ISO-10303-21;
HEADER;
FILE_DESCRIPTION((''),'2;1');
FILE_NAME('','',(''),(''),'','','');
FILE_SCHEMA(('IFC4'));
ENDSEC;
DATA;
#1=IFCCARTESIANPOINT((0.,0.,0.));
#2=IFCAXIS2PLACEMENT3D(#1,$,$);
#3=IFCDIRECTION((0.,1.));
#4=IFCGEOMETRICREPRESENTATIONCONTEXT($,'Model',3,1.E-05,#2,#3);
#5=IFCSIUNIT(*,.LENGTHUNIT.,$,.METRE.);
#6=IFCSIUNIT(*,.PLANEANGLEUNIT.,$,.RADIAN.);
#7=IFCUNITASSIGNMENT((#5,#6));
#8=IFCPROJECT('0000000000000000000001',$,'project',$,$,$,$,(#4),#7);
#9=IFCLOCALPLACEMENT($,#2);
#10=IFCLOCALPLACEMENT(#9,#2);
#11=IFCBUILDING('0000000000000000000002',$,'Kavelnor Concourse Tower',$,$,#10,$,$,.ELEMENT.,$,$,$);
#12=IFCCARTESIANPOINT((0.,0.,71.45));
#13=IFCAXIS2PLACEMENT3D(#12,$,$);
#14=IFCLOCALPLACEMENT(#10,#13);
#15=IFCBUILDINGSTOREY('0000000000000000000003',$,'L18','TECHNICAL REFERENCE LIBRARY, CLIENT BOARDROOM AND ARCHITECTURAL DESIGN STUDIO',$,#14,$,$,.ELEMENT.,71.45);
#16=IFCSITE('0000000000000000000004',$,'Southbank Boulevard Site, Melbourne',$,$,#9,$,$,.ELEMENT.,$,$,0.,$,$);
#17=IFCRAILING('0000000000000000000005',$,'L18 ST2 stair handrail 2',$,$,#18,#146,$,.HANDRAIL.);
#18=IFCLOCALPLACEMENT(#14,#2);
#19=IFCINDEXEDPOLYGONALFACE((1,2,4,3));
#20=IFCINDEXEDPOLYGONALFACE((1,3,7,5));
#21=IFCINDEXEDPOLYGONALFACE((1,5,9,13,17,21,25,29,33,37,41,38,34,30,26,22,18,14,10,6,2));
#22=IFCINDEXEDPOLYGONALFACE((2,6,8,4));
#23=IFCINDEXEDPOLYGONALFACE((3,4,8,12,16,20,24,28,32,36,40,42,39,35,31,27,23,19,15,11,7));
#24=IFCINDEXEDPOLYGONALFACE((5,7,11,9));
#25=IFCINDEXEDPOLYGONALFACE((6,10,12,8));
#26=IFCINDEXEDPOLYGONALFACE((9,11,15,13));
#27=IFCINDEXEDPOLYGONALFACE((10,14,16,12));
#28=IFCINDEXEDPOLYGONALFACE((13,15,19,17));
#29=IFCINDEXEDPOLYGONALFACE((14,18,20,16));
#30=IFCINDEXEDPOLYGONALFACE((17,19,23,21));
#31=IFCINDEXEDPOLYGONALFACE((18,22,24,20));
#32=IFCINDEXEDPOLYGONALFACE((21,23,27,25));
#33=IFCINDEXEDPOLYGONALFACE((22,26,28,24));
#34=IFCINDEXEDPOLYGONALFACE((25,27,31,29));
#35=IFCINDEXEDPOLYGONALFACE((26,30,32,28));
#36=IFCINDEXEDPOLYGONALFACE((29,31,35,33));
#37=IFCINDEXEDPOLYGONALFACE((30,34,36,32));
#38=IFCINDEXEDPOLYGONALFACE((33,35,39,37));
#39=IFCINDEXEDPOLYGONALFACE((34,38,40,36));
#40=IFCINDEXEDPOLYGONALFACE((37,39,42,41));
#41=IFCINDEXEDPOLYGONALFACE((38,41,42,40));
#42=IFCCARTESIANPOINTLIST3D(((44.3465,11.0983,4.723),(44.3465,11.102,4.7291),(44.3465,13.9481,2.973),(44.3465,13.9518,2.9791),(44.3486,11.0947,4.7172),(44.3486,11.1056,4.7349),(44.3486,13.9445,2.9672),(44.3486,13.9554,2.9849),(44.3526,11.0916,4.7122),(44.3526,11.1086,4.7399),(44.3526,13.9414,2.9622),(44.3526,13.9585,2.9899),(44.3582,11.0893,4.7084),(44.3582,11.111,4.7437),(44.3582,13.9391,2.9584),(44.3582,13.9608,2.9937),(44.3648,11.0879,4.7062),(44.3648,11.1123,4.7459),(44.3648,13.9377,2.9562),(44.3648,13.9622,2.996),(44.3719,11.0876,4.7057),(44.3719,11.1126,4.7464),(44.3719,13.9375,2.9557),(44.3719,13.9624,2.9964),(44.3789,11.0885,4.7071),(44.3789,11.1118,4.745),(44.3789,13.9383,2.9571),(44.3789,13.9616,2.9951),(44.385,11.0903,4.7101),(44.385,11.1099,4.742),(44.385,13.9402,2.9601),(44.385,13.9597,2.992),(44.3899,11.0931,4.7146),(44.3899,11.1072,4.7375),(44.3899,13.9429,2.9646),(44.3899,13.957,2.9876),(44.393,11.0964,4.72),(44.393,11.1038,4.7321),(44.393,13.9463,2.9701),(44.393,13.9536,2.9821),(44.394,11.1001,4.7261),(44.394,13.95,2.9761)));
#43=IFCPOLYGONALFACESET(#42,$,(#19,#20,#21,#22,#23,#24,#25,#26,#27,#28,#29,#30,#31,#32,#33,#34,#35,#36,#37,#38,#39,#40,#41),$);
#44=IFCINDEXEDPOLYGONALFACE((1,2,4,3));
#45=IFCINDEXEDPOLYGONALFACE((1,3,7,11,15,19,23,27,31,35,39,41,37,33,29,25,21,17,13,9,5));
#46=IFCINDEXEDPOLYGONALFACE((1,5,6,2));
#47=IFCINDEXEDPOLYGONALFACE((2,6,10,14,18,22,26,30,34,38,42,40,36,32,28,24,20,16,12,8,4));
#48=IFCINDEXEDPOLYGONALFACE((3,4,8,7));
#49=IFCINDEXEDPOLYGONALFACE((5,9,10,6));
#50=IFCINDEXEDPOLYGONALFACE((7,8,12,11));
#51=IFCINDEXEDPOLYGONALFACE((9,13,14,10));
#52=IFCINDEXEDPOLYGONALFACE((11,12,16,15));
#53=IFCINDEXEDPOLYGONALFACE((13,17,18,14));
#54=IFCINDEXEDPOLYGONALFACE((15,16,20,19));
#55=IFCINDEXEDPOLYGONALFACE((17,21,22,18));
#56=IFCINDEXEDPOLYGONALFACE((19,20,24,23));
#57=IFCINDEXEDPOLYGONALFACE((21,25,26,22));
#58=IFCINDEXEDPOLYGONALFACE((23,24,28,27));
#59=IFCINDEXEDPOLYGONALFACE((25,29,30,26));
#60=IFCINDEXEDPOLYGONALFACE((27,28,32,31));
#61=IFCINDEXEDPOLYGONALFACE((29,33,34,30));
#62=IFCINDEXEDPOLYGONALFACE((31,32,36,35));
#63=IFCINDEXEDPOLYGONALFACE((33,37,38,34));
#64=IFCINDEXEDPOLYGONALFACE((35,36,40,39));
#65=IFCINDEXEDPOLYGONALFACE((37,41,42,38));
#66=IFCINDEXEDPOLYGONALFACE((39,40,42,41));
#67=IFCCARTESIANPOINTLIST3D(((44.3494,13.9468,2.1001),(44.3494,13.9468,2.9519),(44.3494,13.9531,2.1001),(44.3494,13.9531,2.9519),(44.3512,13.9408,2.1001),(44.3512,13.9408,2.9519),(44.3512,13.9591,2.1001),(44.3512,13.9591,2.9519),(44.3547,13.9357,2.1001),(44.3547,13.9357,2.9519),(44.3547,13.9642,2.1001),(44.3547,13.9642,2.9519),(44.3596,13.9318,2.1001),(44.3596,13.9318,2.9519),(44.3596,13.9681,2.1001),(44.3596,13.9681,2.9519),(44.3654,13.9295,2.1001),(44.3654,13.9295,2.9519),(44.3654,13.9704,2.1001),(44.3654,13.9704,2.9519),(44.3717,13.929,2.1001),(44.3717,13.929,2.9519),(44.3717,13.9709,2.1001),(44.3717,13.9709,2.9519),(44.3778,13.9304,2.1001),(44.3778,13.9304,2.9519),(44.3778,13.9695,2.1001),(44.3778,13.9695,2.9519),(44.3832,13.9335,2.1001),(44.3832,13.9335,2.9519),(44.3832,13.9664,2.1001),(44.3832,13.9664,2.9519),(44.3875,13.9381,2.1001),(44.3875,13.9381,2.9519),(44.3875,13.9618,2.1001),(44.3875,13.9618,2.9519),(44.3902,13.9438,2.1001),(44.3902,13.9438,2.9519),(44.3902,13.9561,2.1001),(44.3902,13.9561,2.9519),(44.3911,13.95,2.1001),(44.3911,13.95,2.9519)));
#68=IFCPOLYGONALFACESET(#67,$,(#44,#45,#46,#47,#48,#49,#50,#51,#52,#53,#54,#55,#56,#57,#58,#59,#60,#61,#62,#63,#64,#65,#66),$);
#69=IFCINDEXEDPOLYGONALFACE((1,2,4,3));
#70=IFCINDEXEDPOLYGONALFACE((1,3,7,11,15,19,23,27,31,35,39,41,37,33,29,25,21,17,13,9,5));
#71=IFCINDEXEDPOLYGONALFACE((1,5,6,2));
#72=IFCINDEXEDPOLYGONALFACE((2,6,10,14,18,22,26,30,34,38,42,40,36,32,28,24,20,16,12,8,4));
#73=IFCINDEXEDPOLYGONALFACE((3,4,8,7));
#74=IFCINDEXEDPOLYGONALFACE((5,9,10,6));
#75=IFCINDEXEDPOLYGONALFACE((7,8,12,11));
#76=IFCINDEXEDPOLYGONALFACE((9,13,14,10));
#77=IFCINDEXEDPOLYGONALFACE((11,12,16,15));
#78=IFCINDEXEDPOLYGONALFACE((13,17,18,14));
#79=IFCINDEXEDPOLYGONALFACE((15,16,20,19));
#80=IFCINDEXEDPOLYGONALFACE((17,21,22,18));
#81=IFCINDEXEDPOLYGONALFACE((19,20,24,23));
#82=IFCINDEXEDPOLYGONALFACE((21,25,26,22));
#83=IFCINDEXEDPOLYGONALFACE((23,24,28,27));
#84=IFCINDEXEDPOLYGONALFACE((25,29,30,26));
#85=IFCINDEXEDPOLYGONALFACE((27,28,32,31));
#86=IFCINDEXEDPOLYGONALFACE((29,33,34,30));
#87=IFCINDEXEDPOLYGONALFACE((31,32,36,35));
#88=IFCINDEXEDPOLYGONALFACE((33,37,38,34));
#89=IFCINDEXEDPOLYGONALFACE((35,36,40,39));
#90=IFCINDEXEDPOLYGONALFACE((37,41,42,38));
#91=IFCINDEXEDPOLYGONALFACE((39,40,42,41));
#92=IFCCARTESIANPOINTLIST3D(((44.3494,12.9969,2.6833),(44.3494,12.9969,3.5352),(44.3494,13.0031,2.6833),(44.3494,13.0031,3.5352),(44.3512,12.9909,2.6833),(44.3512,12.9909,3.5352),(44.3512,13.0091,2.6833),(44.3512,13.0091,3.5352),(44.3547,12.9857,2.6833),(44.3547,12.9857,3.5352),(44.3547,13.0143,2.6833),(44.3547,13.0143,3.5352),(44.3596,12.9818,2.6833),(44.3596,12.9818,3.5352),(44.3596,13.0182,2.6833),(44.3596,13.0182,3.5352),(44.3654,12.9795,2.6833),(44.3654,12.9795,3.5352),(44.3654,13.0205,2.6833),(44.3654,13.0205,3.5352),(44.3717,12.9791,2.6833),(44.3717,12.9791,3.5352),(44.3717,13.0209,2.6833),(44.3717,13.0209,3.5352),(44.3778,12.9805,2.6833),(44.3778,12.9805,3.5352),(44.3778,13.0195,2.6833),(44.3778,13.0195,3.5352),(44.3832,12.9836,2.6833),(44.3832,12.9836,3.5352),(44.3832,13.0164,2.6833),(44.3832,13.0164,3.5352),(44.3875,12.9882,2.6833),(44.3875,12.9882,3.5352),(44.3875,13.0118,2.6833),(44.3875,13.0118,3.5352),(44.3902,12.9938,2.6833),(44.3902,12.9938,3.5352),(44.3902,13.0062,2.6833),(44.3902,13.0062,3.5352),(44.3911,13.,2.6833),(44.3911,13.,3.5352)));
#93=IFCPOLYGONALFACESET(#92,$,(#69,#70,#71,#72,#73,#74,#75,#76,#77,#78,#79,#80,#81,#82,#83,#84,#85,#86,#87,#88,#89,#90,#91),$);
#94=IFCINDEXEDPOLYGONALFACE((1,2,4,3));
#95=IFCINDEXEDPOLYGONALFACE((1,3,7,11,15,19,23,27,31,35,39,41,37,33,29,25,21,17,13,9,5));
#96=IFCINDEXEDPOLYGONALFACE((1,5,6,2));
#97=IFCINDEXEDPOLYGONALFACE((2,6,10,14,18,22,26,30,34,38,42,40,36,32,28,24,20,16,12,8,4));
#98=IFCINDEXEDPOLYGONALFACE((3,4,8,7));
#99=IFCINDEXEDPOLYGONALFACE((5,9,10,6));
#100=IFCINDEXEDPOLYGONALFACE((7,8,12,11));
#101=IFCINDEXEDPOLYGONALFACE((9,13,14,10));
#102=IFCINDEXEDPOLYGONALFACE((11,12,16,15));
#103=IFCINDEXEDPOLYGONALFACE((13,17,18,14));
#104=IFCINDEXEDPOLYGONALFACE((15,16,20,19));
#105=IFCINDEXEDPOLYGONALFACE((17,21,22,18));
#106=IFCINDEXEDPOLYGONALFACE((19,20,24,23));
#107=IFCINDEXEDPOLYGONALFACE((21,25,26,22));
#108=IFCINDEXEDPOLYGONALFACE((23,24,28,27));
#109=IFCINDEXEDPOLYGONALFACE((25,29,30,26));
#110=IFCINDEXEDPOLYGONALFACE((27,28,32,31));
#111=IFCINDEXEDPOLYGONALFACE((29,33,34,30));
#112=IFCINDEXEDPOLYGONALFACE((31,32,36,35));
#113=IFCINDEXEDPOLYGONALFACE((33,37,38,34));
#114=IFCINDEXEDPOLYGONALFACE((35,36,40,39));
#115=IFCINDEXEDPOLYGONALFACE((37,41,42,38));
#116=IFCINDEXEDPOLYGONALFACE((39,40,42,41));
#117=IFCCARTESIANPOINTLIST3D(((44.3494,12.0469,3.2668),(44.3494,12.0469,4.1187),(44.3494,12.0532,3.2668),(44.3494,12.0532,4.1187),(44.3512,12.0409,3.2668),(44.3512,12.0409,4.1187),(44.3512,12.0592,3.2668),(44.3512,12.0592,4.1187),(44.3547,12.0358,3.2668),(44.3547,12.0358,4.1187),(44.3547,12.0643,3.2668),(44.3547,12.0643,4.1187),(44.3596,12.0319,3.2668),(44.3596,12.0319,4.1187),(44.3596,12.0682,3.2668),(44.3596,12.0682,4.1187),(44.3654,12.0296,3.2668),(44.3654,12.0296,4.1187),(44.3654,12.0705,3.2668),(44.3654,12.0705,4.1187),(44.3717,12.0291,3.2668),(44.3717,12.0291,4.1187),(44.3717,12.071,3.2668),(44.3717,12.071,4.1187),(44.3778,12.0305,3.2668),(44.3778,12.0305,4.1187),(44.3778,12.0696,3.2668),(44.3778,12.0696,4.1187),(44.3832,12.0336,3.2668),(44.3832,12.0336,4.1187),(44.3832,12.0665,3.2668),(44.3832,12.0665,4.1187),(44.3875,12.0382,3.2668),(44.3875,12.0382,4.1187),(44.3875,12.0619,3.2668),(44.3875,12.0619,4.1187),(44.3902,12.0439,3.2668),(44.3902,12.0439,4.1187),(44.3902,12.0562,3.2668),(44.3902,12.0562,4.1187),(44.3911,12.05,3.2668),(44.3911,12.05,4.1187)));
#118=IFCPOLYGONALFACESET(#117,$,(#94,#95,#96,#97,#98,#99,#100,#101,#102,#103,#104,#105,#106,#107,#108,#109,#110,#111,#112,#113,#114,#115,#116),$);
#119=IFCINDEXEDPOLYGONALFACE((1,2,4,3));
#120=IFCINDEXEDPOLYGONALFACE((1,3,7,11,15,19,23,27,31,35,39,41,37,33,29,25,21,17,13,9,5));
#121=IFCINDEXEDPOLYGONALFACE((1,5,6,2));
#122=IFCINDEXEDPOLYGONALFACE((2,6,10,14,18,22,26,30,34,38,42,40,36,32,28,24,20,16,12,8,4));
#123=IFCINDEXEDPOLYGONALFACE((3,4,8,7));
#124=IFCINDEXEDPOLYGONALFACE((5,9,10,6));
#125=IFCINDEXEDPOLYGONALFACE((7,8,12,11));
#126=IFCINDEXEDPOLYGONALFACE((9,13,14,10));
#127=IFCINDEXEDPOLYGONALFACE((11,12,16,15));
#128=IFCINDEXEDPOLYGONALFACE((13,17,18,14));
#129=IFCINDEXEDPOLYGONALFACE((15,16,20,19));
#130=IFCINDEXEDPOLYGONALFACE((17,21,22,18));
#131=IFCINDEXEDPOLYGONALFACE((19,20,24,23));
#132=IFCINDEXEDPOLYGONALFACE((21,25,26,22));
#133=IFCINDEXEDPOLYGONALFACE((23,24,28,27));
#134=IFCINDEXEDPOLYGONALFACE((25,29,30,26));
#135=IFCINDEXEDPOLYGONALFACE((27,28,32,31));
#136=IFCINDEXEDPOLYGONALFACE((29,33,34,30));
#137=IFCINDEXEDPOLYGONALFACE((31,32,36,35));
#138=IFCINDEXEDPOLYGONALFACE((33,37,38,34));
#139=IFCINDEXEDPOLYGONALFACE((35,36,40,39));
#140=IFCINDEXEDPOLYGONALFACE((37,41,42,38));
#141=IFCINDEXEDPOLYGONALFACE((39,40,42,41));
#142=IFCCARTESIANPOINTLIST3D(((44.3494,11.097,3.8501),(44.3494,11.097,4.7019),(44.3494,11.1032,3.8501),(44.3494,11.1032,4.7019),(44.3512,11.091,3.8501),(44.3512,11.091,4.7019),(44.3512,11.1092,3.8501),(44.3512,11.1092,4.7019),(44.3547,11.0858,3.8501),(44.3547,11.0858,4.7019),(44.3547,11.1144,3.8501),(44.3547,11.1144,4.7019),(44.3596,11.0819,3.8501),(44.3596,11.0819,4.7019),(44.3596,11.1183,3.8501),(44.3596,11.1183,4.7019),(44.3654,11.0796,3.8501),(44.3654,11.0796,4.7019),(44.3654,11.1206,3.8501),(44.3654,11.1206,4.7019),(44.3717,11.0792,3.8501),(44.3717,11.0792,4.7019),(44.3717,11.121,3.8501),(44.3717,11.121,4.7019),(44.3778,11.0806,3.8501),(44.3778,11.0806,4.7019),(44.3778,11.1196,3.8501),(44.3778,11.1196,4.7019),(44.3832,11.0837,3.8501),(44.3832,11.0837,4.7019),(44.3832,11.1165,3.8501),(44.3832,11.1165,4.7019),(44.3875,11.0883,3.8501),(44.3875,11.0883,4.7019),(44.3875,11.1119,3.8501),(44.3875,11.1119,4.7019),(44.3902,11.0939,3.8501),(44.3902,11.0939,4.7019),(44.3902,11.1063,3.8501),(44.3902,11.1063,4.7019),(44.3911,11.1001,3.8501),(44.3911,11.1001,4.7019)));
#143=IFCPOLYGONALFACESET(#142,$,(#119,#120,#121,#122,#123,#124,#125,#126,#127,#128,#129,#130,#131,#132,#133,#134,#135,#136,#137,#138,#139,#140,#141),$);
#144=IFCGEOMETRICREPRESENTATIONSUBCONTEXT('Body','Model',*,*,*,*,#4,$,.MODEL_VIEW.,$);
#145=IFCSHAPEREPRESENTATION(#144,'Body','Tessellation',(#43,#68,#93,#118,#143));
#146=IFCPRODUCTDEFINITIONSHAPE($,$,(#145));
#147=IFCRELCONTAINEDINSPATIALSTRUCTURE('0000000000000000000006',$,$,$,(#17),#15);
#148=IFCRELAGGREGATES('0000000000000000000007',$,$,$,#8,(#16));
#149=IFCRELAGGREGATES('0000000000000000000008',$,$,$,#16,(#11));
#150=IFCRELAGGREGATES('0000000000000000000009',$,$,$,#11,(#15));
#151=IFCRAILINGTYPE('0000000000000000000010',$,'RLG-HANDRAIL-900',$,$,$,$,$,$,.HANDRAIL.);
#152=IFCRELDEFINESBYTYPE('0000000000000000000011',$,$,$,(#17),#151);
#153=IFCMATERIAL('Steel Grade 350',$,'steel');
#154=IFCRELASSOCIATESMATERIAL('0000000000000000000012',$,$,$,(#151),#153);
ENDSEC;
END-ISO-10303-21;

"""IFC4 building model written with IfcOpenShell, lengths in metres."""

from ifc_helpers import new_model, si_unit, direction, frame, origin, origin_2d, place, context, subcontext, project, spatial, circle, extrude, material, type_object, element, save


model = new_model("IFC4")

# Units and contexts
model_context = context("Model", 3, precision=1e-05, world=origin(), true_north=direction((0.0, 1.0)))
body_context = subcontext(model_context, "Body", "Model", "MODEL_VIEW")
ifc_project = project(units=[si_unit("LENGTHUNIT", "METRE"), si_unit("PLANEANGLEUNIT", "RADIAN")], contexts=[model_context])

# Site, building, storey
site_placement = place(None, origin())
site = spatial("IfcSite", under=ifc_project, at=site_placement, Name="Southbank Boulevard Site, Melbourne", CompositionType="ELEMENT", RefElevation=0.0)
building_placement = place(site_placement, origin())
building = spatial("IfcBuilding", under=site, at=building_placement, Name="Kavelnor Concourse Tower", CompositionType="ELEMENT")
storey_placement = place(building_placement, frame((0.0, 0.0, 71.45)))
storey = spatial("IfcBuildingStorey", under=building, at=storey_placement, Name="L18", Description="TECHNICAL REFERENCE LIBRARY, CLIENT BOARDROOM AND ARCHITECTURAL DESIGN STUDIO", CompositionType="ELEMENT", Elevation=71.45)

# Shared definitions
ifc_material_1 = material(Name="Steel Grade 350", Category="steel")

# Railing
railing_type_1 = type_object("IfcRailingType", Name="RLG-HANDRAIL-900", PredefinedType="HANDRAIL", material=ifc_material_1)
railing_1_placement = place(storey_placement, frame((44.3701, 13.95, 2.1001)))
element("IfcRailing", 1, at=railing_1_placement, inside=storey, type_object=railing_type_1, Name="L18 ST2 stair handrail 2", PredefinedType="HANDRAIL", context=body_context, shape_type="SweptSolid", body=[
    extrude(circle(Radius=0.0239, at=origin_2d()), frame((0.0, 0.0, 0.876), z_axis=(0.0, -0.852159, 0.523283), x_axis=(1.0, 0.0, 0.0)), (0.0, 0.0, 1.0), 3.3442),
    extrude(circle(Radius=0.021, at=origin_2d()), origin(), (0.0, 0.0, 1.0), 0.8518),
    extrude(circle(Radius=0.021, at=origin_2d()), frame((0.0, -0.95, 0.5833)), (0.0, 0.0, 1.0), 0.8518),
    extrude(circle(Radius=0.021, at=origin_2d()), frame((0.0, -1.8999, 1.1667)), (0.0, 0.0, 1.0), 0.8518),
    extrude(circle(Radius=0.021, at=origin_2d()), frame((0.0, -2.8499, 1.75)), (0.0, 0.0, 1.0), 0.8518),
])

save(model, "model.ifc")
